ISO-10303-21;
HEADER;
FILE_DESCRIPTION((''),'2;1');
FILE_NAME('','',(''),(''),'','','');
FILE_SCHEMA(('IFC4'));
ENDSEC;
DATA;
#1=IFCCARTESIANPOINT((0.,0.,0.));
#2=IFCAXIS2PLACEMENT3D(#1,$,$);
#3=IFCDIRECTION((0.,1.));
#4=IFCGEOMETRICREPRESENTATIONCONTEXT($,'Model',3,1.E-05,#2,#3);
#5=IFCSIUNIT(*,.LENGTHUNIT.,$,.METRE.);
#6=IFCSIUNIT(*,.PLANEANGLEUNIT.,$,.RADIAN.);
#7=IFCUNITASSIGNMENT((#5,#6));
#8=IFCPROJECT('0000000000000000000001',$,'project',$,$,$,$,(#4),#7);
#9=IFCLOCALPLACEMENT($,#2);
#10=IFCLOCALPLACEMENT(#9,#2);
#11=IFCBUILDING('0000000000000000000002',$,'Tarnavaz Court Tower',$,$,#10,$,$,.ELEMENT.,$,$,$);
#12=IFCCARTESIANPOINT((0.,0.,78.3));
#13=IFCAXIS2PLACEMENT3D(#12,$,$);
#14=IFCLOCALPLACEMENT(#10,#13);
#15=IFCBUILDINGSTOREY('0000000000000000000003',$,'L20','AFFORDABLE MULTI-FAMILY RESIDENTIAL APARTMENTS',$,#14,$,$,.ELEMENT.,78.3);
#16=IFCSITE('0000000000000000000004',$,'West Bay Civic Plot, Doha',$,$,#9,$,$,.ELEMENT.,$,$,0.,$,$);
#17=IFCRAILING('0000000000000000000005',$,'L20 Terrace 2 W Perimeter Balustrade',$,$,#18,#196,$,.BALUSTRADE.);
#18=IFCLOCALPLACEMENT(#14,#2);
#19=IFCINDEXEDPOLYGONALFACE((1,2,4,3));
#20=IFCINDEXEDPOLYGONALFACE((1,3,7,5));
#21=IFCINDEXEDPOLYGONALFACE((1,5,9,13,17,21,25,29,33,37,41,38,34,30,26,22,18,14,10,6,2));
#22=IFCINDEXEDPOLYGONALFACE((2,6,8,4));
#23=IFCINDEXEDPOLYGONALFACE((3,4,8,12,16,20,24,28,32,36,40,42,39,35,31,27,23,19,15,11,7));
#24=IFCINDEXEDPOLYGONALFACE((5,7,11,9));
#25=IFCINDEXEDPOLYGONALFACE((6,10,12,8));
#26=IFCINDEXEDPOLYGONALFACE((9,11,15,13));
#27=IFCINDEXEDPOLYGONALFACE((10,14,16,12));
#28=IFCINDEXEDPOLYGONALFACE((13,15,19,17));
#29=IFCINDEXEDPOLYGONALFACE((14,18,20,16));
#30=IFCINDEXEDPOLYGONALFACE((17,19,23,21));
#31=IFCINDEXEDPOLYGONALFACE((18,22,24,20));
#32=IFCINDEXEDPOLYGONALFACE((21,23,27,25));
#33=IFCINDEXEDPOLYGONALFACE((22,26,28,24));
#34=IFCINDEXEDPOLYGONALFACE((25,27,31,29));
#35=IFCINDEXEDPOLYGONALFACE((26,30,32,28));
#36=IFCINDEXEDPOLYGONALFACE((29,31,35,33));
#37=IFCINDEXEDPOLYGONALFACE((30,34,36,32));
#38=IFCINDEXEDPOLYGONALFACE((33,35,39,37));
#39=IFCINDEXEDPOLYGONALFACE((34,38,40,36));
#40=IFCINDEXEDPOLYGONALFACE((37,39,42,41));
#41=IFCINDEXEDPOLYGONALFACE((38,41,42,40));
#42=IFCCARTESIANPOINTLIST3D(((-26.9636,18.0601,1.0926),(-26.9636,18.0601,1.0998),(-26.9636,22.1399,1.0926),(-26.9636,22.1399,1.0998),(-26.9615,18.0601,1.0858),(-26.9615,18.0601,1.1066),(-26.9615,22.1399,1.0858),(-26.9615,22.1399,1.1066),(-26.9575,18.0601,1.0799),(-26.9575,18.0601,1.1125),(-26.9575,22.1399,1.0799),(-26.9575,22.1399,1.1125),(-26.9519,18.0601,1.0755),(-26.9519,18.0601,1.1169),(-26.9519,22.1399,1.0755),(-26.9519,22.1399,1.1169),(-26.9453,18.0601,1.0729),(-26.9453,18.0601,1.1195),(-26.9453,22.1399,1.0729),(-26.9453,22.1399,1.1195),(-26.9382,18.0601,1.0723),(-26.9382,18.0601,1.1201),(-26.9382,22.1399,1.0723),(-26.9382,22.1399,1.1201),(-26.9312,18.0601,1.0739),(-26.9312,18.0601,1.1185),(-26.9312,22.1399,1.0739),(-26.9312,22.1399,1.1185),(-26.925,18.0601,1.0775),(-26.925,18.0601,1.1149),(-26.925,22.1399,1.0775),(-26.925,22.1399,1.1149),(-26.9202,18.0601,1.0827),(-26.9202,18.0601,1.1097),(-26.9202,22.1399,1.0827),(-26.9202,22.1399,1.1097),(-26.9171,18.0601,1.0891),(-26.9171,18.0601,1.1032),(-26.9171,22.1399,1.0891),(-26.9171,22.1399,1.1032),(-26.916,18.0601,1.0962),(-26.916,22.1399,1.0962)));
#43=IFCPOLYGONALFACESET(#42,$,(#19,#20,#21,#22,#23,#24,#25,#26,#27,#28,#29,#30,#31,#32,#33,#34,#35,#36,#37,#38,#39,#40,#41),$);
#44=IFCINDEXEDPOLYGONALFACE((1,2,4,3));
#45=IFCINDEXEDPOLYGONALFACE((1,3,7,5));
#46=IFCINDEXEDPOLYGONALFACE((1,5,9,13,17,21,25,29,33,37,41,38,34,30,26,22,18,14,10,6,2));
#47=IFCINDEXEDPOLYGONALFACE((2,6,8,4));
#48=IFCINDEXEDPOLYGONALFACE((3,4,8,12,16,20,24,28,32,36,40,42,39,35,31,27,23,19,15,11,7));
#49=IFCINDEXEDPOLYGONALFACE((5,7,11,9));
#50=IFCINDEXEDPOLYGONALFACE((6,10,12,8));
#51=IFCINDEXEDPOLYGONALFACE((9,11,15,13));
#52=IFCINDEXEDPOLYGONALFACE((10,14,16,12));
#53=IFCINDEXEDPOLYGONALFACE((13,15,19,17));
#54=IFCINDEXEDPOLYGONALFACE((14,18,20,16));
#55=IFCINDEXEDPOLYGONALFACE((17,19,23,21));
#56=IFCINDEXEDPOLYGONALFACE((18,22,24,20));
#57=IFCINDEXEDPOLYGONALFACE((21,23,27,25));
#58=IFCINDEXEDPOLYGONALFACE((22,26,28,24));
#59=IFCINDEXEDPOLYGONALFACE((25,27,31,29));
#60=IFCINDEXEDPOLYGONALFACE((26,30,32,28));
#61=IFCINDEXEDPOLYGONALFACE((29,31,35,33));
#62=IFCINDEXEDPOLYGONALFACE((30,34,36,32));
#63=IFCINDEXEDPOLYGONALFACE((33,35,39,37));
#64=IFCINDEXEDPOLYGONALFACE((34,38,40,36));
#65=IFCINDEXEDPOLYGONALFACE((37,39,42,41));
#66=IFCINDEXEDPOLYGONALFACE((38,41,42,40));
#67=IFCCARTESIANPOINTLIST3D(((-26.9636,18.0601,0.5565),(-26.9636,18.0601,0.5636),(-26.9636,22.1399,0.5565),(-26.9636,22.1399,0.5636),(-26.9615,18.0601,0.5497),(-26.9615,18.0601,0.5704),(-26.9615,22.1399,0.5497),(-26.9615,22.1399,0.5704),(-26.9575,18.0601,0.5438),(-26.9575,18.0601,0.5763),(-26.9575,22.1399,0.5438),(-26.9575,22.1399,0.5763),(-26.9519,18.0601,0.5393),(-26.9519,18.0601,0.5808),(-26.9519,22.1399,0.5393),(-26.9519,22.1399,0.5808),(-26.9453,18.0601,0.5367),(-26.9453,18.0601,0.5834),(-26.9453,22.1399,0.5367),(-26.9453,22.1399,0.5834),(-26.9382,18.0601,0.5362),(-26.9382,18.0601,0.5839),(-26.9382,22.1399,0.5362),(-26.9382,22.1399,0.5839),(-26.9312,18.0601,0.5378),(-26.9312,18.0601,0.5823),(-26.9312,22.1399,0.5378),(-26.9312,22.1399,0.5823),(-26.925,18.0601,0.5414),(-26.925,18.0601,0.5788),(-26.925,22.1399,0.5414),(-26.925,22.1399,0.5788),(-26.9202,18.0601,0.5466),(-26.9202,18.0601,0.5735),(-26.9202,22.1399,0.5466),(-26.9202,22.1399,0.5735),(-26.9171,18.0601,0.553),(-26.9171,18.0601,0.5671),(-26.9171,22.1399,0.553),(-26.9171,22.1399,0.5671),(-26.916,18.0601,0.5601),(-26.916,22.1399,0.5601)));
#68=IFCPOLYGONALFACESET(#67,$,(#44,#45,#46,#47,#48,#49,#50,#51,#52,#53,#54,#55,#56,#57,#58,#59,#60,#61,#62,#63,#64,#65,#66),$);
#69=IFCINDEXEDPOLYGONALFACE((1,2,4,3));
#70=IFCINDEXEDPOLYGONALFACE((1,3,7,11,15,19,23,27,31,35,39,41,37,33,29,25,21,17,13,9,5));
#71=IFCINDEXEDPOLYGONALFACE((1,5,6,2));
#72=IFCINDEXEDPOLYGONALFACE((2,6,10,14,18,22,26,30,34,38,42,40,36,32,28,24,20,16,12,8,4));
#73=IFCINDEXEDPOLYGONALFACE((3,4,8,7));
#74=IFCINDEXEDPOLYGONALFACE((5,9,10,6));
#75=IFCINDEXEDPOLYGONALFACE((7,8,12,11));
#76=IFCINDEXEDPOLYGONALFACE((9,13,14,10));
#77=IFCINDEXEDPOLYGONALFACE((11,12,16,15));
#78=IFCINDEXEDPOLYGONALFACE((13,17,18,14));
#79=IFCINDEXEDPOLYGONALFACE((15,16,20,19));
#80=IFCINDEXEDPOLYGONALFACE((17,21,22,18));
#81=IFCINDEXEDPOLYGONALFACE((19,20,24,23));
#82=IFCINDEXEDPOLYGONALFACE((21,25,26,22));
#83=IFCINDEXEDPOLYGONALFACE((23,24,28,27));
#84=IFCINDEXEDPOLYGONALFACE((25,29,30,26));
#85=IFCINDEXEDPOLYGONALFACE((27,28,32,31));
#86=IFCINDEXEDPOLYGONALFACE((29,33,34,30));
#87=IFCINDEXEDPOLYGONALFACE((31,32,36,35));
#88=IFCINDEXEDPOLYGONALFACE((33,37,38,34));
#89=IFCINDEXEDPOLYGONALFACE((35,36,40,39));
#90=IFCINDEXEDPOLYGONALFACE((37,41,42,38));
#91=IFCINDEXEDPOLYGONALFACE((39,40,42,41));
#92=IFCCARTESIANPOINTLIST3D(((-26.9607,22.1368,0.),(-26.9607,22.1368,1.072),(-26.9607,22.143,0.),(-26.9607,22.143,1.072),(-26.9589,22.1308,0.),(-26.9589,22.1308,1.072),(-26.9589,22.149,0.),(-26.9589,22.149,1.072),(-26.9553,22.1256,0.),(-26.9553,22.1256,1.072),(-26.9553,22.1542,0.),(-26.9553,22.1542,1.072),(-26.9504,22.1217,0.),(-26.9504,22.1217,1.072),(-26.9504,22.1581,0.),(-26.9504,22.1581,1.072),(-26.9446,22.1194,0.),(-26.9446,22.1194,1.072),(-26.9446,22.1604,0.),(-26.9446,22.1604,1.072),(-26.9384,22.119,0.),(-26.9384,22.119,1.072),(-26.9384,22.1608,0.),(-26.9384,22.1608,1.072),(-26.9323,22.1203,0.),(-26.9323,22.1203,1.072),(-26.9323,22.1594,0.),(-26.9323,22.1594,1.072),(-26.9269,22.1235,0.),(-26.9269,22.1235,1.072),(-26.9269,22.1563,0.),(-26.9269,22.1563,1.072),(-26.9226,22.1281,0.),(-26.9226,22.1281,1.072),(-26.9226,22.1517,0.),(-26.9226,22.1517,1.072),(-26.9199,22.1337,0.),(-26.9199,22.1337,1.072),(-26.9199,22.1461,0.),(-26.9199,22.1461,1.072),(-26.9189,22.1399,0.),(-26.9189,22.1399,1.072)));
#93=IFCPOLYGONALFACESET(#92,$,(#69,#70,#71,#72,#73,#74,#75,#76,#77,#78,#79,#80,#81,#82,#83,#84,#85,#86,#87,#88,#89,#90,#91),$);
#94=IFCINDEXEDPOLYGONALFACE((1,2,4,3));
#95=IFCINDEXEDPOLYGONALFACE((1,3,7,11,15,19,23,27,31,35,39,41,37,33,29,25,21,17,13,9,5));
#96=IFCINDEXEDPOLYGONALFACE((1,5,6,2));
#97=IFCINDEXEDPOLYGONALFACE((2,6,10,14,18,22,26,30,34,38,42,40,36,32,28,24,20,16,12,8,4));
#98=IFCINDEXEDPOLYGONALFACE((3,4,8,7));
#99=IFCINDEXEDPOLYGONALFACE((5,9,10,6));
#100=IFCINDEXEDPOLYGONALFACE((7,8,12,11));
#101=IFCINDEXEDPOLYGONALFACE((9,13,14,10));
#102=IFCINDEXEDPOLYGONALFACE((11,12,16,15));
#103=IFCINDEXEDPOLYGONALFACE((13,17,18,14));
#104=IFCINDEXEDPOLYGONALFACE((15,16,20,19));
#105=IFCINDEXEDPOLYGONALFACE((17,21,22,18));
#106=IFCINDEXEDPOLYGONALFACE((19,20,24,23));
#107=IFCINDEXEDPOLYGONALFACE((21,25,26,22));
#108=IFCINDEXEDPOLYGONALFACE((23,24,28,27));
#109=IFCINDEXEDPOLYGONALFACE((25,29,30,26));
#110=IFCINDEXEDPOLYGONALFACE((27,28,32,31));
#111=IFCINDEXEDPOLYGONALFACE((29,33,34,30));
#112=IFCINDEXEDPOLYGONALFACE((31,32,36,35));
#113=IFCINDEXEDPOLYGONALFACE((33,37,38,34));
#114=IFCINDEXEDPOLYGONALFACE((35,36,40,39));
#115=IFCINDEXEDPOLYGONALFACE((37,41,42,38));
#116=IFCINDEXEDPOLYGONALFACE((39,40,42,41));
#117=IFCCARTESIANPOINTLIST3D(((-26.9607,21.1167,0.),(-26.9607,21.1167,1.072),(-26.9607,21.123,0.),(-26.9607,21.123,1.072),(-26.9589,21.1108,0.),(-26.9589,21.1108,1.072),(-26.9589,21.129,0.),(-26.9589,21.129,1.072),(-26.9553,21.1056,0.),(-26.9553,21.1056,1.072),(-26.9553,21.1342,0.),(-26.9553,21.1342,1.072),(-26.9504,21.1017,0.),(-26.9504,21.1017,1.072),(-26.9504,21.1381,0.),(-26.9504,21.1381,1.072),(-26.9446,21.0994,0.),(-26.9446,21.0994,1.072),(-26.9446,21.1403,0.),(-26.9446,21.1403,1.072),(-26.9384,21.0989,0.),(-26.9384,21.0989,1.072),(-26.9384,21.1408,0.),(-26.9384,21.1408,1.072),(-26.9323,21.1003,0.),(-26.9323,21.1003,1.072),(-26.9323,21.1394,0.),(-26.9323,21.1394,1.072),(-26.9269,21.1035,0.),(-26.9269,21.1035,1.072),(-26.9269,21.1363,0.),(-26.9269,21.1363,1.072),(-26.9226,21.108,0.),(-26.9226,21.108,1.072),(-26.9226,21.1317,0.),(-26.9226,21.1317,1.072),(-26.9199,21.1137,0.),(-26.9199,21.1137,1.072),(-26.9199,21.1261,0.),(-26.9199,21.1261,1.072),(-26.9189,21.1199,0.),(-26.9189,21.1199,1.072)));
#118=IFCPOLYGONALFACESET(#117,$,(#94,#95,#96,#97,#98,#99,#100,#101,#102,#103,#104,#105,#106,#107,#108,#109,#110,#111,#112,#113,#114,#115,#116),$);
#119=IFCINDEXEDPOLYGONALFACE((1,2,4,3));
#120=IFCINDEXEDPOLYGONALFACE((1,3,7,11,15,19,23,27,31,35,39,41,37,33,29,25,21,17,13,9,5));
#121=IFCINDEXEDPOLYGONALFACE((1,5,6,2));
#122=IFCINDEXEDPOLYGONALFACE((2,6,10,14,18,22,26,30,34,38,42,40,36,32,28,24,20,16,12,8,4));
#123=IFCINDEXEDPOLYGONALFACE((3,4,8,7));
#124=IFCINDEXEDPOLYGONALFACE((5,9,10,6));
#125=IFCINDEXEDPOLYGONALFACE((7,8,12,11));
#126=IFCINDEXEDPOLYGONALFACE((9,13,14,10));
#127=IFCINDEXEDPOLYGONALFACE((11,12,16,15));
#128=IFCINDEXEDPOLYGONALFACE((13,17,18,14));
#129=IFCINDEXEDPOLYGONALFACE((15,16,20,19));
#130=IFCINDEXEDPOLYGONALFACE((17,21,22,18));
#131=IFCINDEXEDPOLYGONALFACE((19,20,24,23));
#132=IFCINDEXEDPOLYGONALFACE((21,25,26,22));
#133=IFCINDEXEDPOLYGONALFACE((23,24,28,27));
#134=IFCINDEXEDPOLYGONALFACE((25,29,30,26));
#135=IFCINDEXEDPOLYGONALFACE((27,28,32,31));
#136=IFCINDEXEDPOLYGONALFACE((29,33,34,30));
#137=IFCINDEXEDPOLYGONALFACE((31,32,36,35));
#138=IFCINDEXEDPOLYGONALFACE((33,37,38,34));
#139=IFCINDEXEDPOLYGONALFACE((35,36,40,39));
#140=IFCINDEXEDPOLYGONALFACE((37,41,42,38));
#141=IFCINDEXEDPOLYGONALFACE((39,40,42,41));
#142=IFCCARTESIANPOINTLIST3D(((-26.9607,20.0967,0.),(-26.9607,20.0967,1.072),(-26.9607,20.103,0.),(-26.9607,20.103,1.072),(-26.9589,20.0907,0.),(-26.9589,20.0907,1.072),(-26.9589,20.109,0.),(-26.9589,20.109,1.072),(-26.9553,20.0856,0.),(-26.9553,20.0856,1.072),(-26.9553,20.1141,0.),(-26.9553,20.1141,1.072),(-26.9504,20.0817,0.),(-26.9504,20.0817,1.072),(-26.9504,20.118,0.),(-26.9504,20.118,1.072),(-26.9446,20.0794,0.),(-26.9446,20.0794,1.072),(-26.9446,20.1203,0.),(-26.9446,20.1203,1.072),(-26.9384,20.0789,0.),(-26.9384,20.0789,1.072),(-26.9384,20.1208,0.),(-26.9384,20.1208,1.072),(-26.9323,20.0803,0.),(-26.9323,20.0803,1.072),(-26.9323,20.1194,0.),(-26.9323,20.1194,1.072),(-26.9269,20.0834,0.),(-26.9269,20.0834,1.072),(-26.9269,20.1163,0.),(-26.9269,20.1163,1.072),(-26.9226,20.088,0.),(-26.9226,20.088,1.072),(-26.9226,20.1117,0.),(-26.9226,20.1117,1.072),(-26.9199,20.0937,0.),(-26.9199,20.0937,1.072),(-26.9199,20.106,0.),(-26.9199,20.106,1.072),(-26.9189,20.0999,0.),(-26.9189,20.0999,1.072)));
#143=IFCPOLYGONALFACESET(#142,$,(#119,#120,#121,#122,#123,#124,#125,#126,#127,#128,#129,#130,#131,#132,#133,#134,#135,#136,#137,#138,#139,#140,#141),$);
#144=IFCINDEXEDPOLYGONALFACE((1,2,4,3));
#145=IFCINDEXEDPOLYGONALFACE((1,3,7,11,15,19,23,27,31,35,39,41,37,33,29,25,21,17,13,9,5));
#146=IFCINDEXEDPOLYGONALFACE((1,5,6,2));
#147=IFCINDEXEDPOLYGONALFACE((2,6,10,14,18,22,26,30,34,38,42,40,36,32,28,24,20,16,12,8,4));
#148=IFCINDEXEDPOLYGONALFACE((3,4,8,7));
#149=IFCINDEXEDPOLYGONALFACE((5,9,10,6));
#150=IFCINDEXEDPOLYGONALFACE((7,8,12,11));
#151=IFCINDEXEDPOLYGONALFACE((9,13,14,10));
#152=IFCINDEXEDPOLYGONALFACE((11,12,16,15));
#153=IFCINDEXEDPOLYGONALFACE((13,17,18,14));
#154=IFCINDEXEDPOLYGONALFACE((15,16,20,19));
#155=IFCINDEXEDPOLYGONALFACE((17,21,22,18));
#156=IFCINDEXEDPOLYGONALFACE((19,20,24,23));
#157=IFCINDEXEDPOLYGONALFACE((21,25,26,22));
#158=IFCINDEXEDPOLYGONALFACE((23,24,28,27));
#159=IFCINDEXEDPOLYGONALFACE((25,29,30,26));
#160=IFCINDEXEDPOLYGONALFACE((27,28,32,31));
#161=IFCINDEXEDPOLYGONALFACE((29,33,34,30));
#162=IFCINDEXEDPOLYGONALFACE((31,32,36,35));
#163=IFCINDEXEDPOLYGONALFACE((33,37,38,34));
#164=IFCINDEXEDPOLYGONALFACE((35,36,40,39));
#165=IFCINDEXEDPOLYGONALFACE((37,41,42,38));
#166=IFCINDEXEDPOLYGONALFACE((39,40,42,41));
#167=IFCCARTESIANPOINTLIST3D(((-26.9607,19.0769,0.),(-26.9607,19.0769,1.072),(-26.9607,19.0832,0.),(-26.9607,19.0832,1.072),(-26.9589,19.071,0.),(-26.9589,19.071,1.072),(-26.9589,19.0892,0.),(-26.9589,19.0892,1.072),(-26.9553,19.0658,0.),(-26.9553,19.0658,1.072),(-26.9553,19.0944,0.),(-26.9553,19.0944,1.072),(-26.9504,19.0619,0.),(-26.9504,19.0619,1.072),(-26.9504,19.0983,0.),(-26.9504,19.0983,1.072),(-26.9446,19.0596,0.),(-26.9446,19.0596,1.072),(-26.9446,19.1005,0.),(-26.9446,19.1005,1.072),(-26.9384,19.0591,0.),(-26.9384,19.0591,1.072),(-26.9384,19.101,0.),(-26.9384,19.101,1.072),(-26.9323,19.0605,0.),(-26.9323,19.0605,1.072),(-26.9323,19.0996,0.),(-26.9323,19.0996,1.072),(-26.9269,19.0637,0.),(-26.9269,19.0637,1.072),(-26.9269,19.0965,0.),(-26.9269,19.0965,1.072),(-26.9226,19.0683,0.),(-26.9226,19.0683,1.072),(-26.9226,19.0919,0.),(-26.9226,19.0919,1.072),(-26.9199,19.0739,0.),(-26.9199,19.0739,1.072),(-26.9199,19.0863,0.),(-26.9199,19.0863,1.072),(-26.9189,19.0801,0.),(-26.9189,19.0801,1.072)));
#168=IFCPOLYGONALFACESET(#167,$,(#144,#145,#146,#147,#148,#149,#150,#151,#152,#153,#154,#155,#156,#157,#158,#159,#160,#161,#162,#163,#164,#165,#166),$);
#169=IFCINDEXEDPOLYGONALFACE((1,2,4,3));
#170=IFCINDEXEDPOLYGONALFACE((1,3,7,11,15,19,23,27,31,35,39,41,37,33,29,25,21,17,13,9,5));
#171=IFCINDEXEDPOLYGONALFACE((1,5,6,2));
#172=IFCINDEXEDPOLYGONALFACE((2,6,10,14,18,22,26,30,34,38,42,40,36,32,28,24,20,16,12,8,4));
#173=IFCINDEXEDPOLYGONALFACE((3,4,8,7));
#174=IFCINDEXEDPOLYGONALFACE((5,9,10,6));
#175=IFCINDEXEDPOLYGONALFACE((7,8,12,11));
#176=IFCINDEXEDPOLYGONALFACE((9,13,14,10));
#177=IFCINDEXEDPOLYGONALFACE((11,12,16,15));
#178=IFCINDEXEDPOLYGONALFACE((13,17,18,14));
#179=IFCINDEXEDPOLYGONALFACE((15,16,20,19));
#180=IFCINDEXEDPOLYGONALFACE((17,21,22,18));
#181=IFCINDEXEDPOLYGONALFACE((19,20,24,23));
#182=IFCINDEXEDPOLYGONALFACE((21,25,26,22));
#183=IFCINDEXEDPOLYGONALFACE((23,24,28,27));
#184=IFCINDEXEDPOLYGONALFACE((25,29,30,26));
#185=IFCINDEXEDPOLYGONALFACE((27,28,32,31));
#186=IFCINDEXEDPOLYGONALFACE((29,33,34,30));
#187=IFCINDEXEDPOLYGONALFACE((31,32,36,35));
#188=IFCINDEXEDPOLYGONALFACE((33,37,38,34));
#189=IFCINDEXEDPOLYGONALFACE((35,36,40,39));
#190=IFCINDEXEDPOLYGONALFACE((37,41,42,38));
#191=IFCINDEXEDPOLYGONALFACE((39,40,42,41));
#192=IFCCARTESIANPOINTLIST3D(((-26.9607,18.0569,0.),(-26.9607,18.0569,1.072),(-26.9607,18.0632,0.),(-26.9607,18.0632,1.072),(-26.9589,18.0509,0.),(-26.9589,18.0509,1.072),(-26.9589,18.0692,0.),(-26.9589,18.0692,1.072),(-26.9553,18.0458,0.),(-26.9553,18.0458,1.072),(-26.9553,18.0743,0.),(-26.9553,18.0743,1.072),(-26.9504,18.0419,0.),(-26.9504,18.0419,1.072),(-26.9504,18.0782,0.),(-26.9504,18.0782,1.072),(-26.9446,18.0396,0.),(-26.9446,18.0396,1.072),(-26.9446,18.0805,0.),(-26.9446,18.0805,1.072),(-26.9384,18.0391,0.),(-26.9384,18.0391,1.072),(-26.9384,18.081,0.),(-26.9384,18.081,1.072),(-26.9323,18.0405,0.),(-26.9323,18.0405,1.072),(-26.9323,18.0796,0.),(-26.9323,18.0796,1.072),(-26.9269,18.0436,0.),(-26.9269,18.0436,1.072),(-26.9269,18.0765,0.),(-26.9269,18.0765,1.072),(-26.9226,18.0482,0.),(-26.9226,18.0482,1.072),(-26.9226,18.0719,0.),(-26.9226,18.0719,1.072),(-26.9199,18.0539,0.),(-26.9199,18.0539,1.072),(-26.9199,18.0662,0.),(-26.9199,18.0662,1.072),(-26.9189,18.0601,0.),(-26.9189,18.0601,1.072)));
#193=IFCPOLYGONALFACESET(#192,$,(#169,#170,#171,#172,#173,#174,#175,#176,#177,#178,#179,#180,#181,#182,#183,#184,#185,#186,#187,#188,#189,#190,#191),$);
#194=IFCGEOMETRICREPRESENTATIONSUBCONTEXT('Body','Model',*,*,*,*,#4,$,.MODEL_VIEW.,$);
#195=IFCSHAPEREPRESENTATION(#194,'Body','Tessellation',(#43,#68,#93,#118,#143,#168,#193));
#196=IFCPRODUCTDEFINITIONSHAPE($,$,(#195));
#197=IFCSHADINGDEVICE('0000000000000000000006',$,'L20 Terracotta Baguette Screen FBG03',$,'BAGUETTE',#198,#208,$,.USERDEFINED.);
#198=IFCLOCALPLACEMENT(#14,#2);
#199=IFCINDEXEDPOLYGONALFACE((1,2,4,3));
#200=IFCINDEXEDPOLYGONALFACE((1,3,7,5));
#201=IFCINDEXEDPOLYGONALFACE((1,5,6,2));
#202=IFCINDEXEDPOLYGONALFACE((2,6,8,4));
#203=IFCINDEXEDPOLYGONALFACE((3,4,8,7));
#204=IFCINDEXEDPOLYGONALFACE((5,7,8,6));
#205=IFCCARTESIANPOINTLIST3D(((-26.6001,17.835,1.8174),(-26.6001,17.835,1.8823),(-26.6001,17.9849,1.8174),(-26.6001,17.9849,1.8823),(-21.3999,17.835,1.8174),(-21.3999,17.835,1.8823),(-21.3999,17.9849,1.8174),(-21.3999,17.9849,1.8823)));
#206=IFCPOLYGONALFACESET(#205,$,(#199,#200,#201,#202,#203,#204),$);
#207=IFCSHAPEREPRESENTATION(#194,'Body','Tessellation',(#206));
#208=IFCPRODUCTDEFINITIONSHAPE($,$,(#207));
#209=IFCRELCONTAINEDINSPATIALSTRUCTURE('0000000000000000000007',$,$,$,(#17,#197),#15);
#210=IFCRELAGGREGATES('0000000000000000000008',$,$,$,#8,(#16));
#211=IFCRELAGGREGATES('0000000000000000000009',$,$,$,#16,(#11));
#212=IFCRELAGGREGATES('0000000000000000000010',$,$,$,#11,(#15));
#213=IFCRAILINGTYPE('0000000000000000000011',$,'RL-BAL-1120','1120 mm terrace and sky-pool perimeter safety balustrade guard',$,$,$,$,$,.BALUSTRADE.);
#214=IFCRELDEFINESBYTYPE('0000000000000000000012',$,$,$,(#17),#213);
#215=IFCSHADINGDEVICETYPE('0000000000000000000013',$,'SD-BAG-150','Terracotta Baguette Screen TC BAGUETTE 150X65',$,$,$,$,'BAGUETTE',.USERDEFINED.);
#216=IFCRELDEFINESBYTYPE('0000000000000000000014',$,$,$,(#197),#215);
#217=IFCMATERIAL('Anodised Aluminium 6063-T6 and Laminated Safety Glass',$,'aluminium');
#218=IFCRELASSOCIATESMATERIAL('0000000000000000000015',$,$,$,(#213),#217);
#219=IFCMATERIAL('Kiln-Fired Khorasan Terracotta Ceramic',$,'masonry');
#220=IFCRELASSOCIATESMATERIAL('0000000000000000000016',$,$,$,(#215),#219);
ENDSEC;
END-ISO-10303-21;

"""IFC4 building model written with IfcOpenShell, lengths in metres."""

from ifc_helpers import new_model, si_unit, direction, frame, origin, origin_2d, place, context, subcontext, project, spatial, rectangle, circle, extrude, material, material_profile, profile_set, type_object, element, save


model = new_model("IFC4")

# Units and contexts
model_context = context("Model", 3, precision=1e-05, world=origin(), true_north=direction((0.0, 1.0)))
body_context = subcontext(model_context, "Body", "Model", "MODEL_VIEW")
ifc_project = project(units=[si_unit("LENGTHUNIT", "METRE"), si_unit("PLANEANGLEUNIT", "RADIAN")], contexts=[model_context])

# Site, building, storey
site_placement = place(None, origin())
site = spatial("IfcSite", under=ifc_project, at=site_placement, Name="West Bay Civic Plot, Doha", CompositionType="ELEMENT", RefElevation=0.0)
building_placement = place(site_placement, origin())
building = spatial("IfcBuilding", under=site, at=building_placement, Name="Tarnavaz Court Tower", CompositionType="ELEMENT")
storey_placement = place(building_placement, frame((0.0, 0.0, 78.3)))
storey = spatial("IfcBuildingStorey", under=building, at=storey_placement, Name="L20", Description="AFFORDABLE MULTI-FAMILY RESIDENTIAL APARTMENTS", CompositionType="ELEMENT", Elevation=78.3)

# Railing
ifc_material_1 = material(Name="Anodised Aluminium 6063-T6 and Laminated Safety Glass", Category="aluminium")
railing_type = type_object("IfcRailingType", Name="RL-BAL-1120", Description="1120 mm terrace and sky-pool perimeter safety balustrade guard", PredefinedType="BALUSTRADE", material=ifc_material_1)
railing_1_placement = place(storey_placement, frame((-26.9399, 22.1399, 0.0)))
element("IfcRailing", 1, at=railing_1_placement, inside=storey, type_object=railing_type, Name="L20 Terrace 2 W Perimeter Balustrade", PredefinedType="BALUSTRADE", context=body_context, shape_type="SweptSolid", body=[
    extrude(circle(Radius=0.0239, at=origin_2d()), frame((0.0, 0.0, 1.0962), z_axis=(0.0, -1.0, 0.0), x_axis=(1.0, 0.0, 0.0)), (0.0, 0.0, 1.0), 4.0798),
    extrude(circle(Radius=0.0239, at=origin_2d()), frame((0.0, 0.0, 0.5601), z_axis=(0.0, -1.0, 0.0), x_axis=(1.0, 0.0, 0.0)), (0.0, 0.0, 1.0), 4.0798),
    extrude(circle(Radius=0.021, at=origin_2d()), origin(), (0.0, 0.0, 1.0), 1.072),
    extrude(circle(Radius=0.021, at=origin_2d()), frame((0.0, -1.02, 0.0)), (0.0, 0.0, 1.0), 1.072),
    extrude(circle(Radius=0.021, at=origin_2d()), frame((0.0, -2.04, 0.0)), (0.0, 0.0, 1.0), 1.072),
    extrude(circle(Radius=0.021, at=origin_2d()), frame((0.0, -3.0598, 0.0)), (0.0, 0.0, 1.0), 1.072),
    extrude(circle(Radius=0.021, at=origin_2d()), frame((0.0, -4.0798, 0.0)), (0.0, 0.0, 1.0), 1.072),
])

# Shading device
ifc_material_2 = material(Name="Kiln-Fired Khorasan Terracotta Ceramic", Category="masonry")
ifc_material_profile_1 = material_profile(ifc_material_2, rectangle(XDim=0.1499, YDim=0.0649, at=origin_2d()), Name="TC BAGUETTE 150X65")
ifc_profile_set_1 = profile_set([ifc_material_profile_1], Name="Kiln-Fired Khorasan Terracotta Ceramic")
shading_device_type = type_object("IfcShadingDeviceType", Name="SD-BAG-150", Description="Terracotta Baguette Screen TC BAGUETTE 150X65", ElementType="BAGUETTE", PredefinedType="USERDEFINED", material=ifc_profile_set_1)
shading_device_1_placement = place(storey_placement, frame((-26.6001, 17.9099, 1.8499), z_axis=(1.0, 0.0, 0.0), x_axis=(0.0, 1.0, 0.0)))
element("IfcShadingDevice", 2, at=shading_device_1_placement, inside=storey, type_object=shading_device_type, Name="L20 Terracotta Baguette Screen FBG03", ObjectType="BAGUETTE", PredefinedType="USERDEFINED", context=body_context, shape_type="SweptSolid", body=[
    extrude(rectangle(XDim=0.1499, YDim=0.0649, at=origin_2d()), origin(), (0.0, 0.0, 1.0), 5.2002),
])

save(model, "model.ifc")
